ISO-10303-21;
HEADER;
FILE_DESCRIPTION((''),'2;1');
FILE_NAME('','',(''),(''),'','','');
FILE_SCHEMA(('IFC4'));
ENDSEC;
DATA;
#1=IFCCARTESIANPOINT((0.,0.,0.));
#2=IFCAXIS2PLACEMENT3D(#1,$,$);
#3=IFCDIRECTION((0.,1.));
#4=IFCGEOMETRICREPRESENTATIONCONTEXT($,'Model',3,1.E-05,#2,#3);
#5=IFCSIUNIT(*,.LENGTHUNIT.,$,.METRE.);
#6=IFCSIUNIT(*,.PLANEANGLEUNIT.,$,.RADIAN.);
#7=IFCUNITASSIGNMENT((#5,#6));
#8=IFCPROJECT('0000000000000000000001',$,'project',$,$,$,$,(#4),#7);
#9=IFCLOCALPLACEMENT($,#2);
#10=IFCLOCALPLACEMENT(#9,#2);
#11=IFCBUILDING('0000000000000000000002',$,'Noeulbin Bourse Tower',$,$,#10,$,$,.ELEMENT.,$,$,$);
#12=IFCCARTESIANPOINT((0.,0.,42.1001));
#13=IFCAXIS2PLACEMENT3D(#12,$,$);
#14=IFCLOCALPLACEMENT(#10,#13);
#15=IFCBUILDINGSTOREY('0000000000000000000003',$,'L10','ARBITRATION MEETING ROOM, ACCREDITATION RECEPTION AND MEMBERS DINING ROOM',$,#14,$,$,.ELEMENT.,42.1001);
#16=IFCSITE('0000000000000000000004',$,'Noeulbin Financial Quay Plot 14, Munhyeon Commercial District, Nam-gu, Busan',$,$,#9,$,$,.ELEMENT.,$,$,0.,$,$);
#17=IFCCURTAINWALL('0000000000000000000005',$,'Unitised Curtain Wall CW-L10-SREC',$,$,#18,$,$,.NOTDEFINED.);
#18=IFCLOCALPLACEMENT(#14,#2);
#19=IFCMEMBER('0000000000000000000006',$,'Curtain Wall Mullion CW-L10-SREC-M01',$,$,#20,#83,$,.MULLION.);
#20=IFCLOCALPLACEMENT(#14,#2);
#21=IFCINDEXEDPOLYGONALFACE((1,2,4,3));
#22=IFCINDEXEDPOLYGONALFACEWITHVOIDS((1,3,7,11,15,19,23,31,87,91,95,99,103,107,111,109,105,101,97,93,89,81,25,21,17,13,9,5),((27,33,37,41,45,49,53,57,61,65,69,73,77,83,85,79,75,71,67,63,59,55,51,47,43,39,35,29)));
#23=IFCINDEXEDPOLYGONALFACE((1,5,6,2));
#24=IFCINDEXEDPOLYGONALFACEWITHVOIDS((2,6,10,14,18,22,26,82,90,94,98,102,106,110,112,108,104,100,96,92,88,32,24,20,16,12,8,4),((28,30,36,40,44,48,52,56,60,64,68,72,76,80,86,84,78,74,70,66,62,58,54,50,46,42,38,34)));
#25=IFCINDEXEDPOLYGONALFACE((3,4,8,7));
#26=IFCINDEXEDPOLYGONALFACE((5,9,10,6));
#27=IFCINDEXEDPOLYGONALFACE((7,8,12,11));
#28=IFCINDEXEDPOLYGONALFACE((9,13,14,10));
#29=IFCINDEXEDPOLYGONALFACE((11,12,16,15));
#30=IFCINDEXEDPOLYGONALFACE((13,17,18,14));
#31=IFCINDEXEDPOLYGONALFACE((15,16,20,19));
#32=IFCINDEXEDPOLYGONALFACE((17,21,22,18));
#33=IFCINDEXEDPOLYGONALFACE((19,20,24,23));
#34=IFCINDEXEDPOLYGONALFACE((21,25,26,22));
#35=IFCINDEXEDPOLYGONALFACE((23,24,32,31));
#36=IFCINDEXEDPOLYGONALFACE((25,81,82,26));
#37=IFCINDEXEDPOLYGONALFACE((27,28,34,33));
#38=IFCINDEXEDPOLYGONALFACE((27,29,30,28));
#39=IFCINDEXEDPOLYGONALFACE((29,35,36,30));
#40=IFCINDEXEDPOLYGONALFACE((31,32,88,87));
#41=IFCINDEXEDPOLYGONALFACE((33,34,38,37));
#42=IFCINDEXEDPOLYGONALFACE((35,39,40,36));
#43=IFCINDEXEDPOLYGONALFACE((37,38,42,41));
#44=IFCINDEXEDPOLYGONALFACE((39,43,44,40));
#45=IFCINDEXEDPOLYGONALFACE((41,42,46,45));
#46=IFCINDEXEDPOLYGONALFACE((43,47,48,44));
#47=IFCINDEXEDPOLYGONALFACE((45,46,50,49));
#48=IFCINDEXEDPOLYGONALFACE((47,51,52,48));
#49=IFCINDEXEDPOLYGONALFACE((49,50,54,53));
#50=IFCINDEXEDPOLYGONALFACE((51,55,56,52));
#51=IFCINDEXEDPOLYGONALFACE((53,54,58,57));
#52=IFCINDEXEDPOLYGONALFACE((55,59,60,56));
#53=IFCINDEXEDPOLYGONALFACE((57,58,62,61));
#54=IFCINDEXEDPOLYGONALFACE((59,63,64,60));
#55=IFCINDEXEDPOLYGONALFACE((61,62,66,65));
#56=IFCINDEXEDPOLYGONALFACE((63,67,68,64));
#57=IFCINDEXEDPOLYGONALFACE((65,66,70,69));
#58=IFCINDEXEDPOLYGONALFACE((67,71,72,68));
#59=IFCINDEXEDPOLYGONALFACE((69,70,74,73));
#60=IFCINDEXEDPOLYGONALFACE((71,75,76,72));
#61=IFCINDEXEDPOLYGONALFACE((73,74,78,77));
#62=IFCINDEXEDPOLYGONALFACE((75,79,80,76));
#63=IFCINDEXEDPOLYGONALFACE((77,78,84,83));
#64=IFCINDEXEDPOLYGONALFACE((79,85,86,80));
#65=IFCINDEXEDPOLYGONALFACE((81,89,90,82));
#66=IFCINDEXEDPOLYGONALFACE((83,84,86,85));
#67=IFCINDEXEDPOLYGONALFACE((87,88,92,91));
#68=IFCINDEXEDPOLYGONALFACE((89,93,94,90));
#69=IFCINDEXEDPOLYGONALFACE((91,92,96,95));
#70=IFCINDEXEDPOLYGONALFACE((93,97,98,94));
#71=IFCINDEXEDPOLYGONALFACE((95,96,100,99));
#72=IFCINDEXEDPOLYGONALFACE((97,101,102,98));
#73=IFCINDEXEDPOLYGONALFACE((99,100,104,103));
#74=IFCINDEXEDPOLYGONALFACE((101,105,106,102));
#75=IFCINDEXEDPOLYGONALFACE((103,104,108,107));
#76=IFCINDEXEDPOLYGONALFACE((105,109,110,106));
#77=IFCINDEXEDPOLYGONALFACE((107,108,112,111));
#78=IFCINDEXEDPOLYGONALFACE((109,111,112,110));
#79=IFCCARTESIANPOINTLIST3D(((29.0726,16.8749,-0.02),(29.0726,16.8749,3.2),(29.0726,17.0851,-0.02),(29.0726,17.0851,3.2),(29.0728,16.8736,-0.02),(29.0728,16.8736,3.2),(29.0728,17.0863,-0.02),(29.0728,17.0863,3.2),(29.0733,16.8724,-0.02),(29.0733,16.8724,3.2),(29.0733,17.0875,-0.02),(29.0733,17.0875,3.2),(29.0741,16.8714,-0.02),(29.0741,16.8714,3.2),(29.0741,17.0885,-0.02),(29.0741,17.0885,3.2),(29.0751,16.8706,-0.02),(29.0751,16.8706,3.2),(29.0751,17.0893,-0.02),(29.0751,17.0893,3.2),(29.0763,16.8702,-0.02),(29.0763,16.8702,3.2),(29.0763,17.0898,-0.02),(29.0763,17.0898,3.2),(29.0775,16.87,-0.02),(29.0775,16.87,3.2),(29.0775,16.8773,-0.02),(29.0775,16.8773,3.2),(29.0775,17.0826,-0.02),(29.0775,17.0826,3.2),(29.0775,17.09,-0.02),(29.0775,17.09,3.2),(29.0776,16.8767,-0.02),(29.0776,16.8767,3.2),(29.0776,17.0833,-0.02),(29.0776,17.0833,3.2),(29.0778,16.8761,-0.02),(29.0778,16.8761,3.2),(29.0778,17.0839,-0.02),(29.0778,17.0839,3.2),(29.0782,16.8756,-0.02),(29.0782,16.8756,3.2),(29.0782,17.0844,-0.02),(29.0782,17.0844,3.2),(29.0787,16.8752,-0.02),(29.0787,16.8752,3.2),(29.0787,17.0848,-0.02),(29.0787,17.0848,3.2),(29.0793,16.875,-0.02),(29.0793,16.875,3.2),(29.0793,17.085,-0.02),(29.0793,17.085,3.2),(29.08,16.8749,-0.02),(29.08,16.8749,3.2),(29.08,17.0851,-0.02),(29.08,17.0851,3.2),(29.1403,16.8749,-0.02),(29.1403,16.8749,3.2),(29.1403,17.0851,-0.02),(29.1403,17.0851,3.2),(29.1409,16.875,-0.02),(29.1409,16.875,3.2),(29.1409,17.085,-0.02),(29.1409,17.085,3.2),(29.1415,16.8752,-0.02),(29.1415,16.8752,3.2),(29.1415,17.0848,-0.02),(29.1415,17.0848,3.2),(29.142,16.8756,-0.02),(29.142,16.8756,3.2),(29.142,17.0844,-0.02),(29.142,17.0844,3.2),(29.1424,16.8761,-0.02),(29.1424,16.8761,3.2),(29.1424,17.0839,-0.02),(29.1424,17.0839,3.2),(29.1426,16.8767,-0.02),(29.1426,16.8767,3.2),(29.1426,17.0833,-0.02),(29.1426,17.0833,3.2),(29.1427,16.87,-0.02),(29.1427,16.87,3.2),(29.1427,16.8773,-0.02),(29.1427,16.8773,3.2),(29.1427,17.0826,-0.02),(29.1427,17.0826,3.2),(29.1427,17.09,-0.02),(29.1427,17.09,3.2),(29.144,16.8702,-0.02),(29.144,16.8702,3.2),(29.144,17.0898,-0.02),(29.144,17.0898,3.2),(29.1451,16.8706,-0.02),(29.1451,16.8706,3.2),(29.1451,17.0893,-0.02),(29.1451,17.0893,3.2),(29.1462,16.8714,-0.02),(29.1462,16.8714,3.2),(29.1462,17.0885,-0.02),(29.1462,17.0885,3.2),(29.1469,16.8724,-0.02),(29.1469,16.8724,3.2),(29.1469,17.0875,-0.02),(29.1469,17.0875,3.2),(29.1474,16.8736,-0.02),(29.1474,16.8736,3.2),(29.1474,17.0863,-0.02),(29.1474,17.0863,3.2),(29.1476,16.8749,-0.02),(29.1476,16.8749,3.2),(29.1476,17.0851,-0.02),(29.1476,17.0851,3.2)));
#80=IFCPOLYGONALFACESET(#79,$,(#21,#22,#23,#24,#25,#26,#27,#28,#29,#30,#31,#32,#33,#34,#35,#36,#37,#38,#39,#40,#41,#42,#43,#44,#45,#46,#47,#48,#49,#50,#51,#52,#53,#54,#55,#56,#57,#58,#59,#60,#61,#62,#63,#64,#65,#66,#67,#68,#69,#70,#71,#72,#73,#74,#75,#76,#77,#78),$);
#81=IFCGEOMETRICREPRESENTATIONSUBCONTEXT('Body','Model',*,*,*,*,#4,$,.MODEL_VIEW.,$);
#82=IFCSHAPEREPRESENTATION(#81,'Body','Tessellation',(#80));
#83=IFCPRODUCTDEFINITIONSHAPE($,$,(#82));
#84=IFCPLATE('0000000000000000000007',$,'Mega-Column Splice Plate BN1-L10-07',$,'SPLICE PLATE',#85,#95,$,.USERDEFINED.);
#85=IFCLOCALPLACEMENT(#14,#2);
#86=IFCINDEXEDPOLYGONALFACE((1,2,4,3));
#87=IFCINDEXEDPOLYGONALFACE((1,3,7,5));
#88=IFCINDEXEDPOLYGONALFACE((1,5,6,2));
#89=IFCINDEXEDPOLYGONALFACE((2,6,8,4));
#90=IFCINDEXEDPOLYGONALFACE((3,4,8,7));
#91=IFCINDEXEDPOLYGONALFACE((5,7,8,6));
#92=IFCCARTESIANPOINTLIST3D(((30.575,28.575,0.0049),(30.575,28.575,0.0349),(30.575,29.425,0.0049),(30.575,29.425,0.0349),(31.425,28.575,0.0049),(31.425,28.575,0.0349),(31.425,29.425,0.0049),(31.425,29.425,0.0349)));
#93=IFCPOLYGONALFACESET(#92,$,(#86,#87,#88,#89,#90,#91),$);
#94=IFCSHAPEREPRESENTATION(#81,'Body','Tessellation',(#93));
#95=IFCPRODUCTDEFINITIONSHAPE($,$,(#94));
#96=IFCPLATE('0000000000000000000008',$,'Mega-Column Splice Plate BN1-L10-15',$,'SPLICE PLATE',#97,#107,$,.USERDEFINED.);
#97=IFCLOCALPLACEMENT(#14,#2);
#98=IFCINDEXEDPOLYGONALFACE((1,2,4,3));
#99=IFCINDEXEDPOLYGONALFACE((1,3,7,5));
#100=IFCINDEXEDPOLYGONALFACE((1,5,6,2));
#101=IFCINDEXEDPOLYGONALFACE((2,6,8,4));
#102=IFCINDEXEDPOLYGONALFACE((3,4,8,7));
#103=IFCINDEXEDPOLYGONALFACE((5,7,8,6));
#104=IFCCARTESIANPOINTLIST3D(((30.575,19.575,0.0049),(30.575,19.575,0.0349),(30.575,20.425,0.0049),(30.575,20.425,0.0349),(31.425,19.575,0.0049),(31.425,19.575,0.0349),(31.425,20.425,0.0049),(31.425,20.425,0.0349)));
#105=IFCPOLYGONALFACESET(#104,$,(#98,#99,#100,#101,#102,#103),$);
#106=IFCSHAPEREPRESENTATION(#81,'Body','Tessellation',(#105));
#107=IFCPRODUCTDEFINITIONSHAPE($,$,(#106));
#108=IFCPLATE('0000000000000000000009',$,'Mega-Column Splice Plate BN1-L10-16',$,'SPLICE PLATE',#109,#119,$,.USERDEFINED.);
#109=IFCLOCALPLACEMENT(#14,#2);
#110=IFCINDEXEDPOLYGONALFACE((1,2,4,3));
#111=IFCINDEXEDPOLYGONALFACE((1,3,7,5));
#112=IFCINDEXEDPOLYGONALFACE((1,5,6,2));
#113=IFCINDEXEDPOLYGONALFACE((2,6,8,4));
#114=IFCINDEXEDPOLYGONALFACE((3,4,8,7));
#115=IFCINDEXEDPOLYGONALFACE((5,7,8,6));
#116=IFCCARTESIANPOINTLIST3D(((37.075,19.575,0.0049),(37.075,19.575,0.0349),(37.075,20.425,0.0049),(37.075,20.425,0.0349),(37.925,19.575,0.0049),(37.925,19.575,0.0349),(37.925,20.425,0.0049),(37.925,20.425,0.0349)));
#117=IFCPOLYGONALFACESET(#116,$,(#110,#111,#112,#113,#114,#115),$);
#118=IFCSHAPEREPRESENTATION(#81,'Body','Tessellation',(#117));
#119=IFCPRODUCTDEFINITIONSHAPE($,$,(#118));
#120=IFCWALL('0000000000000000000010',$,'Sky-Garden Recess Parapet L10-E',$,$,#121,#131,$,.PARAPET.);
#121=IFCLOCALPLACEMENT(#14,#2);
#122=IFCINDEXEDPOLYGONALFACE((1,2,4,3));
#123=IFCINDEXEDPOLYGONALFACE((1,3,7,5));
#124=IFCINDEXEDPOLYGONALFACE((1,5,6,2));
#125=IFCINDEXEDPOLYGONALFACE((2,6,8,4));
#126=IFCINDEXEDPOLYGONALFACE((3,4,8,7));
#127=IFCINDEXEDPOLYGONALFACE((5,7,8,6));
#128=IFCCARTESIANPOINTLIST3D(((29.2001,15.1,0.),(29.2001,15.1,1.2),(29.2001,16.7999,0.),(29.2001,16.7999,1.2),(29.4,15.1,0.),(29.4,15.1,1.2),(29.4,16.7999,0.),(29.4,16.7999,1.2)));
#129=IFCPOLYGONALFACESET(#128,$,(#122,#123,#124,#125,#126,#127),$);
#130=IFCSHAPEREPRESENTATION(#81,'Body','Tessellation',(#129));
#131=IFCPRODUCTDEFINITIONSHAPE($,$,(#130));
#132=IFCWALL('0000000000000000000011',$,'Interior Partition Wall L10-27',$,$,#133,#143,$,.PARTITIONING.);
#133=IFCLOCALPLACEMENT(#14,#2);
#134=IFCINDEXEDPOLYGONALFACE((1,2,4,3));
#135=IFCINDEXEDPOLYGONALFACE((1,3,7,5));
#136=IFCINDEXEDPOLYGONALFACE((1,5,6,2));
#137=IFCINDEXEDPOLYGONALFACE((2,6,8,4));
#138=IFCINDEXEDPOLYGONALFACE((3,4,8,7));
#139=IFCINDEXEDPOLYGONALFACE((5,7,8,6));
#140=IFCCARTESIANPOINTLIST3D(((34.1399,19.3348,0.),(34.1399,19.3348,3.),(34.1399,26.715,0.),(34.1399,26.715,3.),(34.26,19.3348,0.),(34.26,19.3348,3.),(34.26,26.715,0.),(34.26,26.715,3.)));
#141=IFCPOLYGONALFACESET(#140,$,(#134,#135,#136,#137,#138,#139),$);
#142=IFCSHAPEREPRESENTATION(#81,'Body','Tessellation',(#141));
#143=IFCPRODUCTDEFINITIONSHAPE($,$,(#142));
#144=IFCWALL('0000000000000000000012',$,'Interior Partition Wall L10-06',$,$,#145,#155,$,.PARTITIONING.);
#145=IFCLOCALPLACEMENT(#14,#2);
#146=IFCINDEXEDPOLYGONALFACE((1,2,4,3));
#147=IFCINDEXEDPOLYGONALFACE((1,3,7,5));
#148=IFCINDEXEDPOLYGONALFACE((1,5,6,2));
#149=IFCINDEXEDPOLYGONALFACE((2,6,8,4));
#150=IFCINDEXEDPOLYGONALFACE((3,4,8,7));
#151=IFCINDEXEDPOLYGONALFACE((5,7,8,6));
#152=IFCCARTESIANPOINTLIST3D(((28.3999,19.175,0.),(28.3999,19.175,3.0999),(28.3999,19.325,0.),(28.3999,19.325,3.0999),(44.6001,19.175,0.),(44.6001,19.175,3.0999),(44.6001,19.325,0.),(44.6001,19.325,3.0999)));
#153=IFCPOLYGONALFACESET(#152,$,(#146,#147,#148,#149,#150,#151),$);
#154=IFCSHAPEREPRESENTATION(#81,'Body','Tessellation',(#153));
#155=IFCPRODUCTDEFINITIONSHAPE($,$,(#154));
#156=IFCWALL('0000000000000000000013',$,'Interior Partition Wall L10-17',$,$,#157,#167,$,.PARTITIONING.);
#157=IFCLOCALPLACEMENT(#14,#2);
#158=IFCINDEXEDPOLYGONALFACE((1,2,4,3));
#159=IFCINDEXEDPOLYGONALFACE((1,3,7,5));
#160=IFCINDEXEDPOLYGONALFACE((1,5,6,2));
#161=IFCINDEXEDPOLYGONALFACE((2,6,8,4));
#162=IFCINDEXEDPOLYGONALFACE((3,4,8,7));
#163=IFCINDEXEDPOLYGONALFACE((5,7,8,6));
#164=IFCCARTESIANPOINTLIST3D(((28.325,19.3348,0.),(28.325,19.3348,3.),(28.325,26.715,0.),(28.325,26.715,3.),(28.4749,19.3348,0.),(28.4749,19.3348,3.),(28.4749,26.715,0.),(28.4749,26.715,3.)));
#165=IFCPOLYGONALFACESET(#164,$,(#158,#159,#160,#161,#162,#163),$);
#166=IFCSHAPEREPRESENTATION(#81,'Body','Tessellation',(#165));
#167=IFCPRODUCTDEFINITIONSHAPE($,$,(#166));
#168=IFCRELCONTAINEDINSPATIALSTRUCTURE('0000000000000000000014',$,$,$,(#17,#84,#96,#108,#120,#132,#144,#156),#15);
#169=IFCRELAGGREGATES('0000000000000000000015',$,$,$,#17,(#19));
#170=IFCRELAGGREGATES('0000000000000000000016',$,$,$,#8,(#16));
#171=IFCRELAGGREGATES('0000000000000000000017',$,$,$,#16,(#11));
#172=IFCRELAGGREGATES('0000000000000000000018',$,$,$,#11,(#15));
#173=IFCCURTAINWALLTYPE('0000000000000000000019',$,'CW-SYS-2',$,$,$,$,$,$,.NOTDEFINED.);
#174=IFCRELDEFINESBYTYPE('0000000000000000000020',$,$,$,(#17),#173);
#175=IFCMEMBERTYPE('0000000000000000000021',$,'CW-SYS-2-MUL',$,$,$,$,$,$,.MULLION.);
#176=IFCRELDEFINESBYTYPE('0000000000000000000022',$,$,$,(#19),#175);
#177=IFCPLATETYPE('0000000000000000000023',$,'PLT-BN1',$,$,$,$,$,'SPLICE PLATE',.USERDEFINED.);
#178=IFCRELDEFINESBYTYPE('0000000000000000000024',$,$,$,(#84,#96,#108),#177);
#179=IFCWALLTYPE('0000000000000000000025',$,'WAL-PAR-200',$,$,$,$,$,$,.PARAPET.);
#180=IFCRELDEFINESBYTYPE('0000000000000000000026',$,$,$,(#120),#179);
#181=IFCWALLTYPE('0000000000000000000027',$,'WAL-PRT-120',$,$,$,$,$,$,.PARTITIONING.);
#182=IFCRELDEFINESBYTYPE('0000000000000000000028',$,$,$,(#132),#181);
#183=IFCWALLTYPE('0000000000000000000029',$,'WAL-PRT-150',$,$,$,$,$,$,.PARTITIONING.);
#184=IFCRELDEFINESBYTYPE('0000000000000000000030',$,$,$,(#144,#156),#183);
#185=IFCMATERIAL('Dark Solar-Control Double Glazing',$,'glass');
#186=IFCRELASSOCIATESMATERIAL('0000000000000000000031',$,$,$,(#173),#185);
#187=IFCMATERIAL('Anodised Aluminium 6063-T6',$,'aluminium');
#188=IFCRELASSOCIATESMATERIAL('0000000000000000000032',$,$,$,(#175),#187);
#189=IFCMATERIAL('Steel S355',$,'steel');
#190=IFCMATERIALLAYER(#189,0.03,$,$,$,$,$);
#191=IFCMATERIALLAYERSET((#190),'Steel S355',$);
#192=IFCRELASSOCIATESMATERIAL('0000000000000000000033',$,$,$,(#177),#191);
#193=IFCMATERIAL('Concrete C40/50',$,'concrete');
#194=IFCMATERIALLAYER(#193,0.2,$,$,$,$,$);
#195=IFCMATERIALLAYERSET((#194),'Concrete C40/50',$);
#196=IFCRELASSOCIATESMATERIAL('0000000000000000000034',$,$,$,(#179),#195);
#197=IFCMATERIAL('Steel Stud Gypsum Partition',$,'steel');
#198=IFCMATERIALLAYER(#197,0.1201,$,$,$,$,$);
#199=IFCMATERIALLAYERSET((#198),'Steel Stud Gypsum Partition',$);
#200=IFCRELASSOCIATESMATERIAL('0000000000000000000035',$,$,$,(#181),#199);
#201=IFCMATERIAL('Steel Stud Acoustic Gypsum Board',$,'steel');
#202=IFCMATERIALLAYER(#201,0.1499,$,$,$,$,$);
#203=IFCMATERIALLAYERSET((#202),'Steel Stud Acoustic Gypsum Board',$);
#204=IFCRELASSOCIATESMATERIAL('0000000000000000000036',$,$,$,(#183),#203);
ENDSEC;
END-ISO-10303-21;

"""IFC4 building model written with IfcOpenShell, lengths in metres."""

from ifc_helpers import new_model, si_unit, direction, frame, frame_2d, origin, origin_2d, place, context, subcontext, project, spatial, rectangle, hollow_rectangle, extrude, material, layer, layer_set, material_profile, profile_set, type_object, element, aggregate, save


model = new_model("IFC4")

# Units and contexts
model_context = context("Model", 3, precision=1e-05, world=origin(), true_north=direction((0.0, 1.0)))
body_context = subcontext(model_context, "Body", "Model", "MODEL_VIEW")
ifc_project = project(units=[si_unit("LENGTHUNIT", "METRE"), si_unit("PLANEANGLEUNIT", "RADIAN")], contexts=[model_context])

# Site, building, storey
site_placement = place(None, origin())
site = spatial("IfcSite", under=ifc_project, at=site_placement, Name="Noeulbin Financial Quay Plot 14, Munhyeon Commercial District, Nam-gu, Busan", CompositionType="ELEMENT", RefElevation=0.0)
building_placement = place(site_placement, origin())
building = spatial("IfcBuilding", under=site, at=building_placement, Name="Noeulbin Bourse Tower", CompositionType="ELEMENT")
storey_placement = place(building_placement, frame((0.0, 0.0, 42.1001)))
storey = spatial("IfcBuildingStorey", under=building, at=storey_placement, Name="L10", Description="ARBITRATION MEETING ROOM, ACCREDITATION RECEPTION AND MEMBERS DINING ROOM", CompositionType="ELEMENT", Elevation=42.1001)

# Shared definitions
ifc_material_1 = material(Name="Steel S355", Category="steel")

# Curtain wall, member
ifc_material_2 = material(Name="Dark Solar-Control Double Glazing", Category="glass")
curtain_wall_type = type_object("IfcCurtainWallType", Name="CW-SYS-2", PredefinedType="NOTDEFINED", material=ifc_material_2)
curtain_wall_placement = place(storey_placement, origin())
curtain_wall = element("IfcCurtainWall", 1, at=curtain_wall_placement, inside=storey, type_object=curtain_wall_type, Name="Unitised Curtain Wall CW-L10-SREC", PredefinedType="NOTDEFINED")
ifc_material_3 = material(Name="Anodised Aluminium 6063-T6", Category="aluminium")
ifc_material_profile_1 = material_profile(ifc_material_3, hollow_rectangle(XDim=0.075, YDim=0.22, WallThickness=0.0049, InnerFilletRadius=0.0024, OuterFilletRadius=0.0049, at=origin_2d()), Name="ALU-MULL-75x220x5", Category="LoadBearing")
ifc_profile_set_1 = profile_set([ifc_material_profile_1], Name="Anodised Aluminium 6063-T6")
member_type = type_object("IfcMemberType", Name="CW-SYS-2-MUL", PredefinedType="MULLION", material=ifc_profile_set_1)
member_placement = place(storey_placement, frame((29.1101, 16.98, -0.02), z_axis=(0.0, 0.0, 1.0), x_axis=(1.0, 0.0, 0.0)))
member = element("IfcMember", 2, at=member_placement, type_object=member_type, Name="Curtain Wall Mullion CW-L10-SREC-M01", PredefinedType="MULLION", context=body_context, shape_type="SweptSolid", body=[
    extrude(hollow_rectangle(XDim=0.075, YDim=0.22, WallThickness=0.0049, InnerFilletRadius=0.0024, OuterFilletRadius=0.0049, at=origin_2d()), origin(), (0.0, 0.0, 1.0), 3.22),
])
aggregate(curtain_wall, [member])

# Plates
ifc_layer_1 = layer(ifc_material_1, 0.03)
ifc_layer_set_1 = layer_set([ifc_layer_1], Name="Steel S355")
plate_type = type_object("IfcPlateType", Name="PLT-BN1", ElementType="SPLICE PLATE", PredefinedType="USERDEFINED", material=ifc_layer_set_1)
for number, where, z_axis, x_axis, name in (
    (3, (31.0, 29.0, 0.0049), (0.0, 0.0, 1.0), (1.0, 0.0, 0.0), "Mega-Column Splice Plate BN1-L10-07"),
    (4, (31.0, 20.0, 0.0049), (0.0, 0.0, 1.0), (1.0, 0.0, 0.0), "Mega-Column Splice Plate BN1-L10-15"),
    (5, (37.5, 20.0, 0.0049), (0.0, 0.0, 1.0), (1.0, 0.0, 0.0), "Mega-Column Splice Plate BN1-L10-16"),
):
    element("IfcPlate", number, at=place(storey_placement, frame(where, z_axis=z_axis, x_axis=x_axis)), inside=storey, type_object=plate_type, Name=name, ObjectType="SPLICE PLATE", PredefinedType="USERDEFINED", context=body_context, shape_type="SweptSolid", body=[
        extrude(rectangle(XDim=0.8501, YDim=0.8501, at=origin_2d()), origin(), (0.0, 0.0, 1.0), 0.03),
    ])

# Walls
ifc_material_4 = material(Name="Concrete C40/50", Category="concrete")
ifc_layer_2 = layer(ifc_material_4, 0.2)
ifc_layer_set_2 = layer_set([ifc_layer_2], Name="Concrete C40/50")
wall_type_1 = type_object("IfcWallType", Name="WAL-PAR-200", PredefinedType="PARAPET", material=ifc_layer_set_2)
wall_1_placement = place(storey_placement, frame((29.3, 16.8, 0.0), z_axis=(0.0, 0.0, 1.0), x_axis=(0.0, -1.0, 0.0)))
element("IfcWall", 6, at=wall_1_placement, inside=storey, type_object=wall_type_1, Name="Sky-Garden Recess Parapet L10-E", PredefinedType="PARAPET", context=body_context, shape_type="SweptSolid", body=[
    extrude(rectangle(XDim=1.7, YDim=0.2, at=frame_2d((0.8501, 0.0))), origin(), (0.0, 0.0, 1.0), 1.2),
])
ifc_material_5 = material(Name="Steel Stud Gypsum Partition", Category="steel")
ifc_layer_3 = layer(ifc_material_5, 0.1201)
ifc_layer_set_3 = layer_set([ifc_layer_3], Name="Steel Stud Gypsum Partition")
wall_type_2 = type_object("IfcWallType", Name="WAL-PRT-120", PredefinedType="PARTITIONING", material=ifc_layer_set_3)
wall_2_placement = place(storey_placement, frame((34.2, 19.335, 0.0), z_axis=(0.0, 0.0, 1.0), x_axis=(0.0, 1.0, 0.0)))
element("IfcWall", 7, at=wall_2_placement, inside=storey, type_object=wall_type_2, Name="Interior Partition Wall L10-27", PredefinedType="PARTITIONING", context=body_context, shape_type="SweptSolid", body=[
    extrude(rectangle(XDim=7.3801, YDim=0.1201, at=frame_2d((3.6899, 0.0))), origin(), (0.0, 0.0, 1.0), 3.0),
])
ifc_material_6 = material(Name="Steel Stud Acoustic Gypsum Board", Category="steel")
ifc_layer_4 = layer(ifc_material_6, 0.1499)
ifc_layer_set_4 = layer_set([ifc_layer_4], Name="Steel Stud Acoustic Gypsum Board")
wall_type_3 = type_object("IfcWallType", Name="WAL-PRT-150", PredefinedType="PARTITIONING", material=ifc_layer_set_4)
wall_3_placement = place(storey_placement, frame((28.3999, 19.25, 0.0), z_axis=(0.0, 0.0, 1.0), x_axis=(1.0, 0.0, 0.0)))
element("IfcWall", 8, at=wall_3_placement, inside=storey, type_object=wall_type_3, Name="Interior Partition Wall L10-06", PredefinedType="PARTITIONING", context=body_context, shape_type="SweptSolid", body=[
    extrude(rectangle(XDim=16.2002, YDim=0.1499, at=frame_2d((8.1001, 0.0))), origin(), (0.0, 0.0, 1.0), 3.0999),
])
wall_4_placement = place(storey_placement, frame((28.3999, 19.335, 0.0), z_axis=(0.0, 0.0, 1.0), x_axis=(0.0, 1.0, 0.0)))
element("IfcWall", 9, at=wall_4_placement, inside=storey, type_object=wall_type_3, Name="Interior Partition Wall L10-17", PredefinedType="PARTITIONING", context=body_context, shape_type="SweptSolid", body=[
    extrude(rectangle(XDim=7.3801, YDim=0.1499, at=frame_2d((3.6899, 0.0))), origin(), (0.0, 0.0, 1.0), 3.0),
])

save(model, "model.ifc")
